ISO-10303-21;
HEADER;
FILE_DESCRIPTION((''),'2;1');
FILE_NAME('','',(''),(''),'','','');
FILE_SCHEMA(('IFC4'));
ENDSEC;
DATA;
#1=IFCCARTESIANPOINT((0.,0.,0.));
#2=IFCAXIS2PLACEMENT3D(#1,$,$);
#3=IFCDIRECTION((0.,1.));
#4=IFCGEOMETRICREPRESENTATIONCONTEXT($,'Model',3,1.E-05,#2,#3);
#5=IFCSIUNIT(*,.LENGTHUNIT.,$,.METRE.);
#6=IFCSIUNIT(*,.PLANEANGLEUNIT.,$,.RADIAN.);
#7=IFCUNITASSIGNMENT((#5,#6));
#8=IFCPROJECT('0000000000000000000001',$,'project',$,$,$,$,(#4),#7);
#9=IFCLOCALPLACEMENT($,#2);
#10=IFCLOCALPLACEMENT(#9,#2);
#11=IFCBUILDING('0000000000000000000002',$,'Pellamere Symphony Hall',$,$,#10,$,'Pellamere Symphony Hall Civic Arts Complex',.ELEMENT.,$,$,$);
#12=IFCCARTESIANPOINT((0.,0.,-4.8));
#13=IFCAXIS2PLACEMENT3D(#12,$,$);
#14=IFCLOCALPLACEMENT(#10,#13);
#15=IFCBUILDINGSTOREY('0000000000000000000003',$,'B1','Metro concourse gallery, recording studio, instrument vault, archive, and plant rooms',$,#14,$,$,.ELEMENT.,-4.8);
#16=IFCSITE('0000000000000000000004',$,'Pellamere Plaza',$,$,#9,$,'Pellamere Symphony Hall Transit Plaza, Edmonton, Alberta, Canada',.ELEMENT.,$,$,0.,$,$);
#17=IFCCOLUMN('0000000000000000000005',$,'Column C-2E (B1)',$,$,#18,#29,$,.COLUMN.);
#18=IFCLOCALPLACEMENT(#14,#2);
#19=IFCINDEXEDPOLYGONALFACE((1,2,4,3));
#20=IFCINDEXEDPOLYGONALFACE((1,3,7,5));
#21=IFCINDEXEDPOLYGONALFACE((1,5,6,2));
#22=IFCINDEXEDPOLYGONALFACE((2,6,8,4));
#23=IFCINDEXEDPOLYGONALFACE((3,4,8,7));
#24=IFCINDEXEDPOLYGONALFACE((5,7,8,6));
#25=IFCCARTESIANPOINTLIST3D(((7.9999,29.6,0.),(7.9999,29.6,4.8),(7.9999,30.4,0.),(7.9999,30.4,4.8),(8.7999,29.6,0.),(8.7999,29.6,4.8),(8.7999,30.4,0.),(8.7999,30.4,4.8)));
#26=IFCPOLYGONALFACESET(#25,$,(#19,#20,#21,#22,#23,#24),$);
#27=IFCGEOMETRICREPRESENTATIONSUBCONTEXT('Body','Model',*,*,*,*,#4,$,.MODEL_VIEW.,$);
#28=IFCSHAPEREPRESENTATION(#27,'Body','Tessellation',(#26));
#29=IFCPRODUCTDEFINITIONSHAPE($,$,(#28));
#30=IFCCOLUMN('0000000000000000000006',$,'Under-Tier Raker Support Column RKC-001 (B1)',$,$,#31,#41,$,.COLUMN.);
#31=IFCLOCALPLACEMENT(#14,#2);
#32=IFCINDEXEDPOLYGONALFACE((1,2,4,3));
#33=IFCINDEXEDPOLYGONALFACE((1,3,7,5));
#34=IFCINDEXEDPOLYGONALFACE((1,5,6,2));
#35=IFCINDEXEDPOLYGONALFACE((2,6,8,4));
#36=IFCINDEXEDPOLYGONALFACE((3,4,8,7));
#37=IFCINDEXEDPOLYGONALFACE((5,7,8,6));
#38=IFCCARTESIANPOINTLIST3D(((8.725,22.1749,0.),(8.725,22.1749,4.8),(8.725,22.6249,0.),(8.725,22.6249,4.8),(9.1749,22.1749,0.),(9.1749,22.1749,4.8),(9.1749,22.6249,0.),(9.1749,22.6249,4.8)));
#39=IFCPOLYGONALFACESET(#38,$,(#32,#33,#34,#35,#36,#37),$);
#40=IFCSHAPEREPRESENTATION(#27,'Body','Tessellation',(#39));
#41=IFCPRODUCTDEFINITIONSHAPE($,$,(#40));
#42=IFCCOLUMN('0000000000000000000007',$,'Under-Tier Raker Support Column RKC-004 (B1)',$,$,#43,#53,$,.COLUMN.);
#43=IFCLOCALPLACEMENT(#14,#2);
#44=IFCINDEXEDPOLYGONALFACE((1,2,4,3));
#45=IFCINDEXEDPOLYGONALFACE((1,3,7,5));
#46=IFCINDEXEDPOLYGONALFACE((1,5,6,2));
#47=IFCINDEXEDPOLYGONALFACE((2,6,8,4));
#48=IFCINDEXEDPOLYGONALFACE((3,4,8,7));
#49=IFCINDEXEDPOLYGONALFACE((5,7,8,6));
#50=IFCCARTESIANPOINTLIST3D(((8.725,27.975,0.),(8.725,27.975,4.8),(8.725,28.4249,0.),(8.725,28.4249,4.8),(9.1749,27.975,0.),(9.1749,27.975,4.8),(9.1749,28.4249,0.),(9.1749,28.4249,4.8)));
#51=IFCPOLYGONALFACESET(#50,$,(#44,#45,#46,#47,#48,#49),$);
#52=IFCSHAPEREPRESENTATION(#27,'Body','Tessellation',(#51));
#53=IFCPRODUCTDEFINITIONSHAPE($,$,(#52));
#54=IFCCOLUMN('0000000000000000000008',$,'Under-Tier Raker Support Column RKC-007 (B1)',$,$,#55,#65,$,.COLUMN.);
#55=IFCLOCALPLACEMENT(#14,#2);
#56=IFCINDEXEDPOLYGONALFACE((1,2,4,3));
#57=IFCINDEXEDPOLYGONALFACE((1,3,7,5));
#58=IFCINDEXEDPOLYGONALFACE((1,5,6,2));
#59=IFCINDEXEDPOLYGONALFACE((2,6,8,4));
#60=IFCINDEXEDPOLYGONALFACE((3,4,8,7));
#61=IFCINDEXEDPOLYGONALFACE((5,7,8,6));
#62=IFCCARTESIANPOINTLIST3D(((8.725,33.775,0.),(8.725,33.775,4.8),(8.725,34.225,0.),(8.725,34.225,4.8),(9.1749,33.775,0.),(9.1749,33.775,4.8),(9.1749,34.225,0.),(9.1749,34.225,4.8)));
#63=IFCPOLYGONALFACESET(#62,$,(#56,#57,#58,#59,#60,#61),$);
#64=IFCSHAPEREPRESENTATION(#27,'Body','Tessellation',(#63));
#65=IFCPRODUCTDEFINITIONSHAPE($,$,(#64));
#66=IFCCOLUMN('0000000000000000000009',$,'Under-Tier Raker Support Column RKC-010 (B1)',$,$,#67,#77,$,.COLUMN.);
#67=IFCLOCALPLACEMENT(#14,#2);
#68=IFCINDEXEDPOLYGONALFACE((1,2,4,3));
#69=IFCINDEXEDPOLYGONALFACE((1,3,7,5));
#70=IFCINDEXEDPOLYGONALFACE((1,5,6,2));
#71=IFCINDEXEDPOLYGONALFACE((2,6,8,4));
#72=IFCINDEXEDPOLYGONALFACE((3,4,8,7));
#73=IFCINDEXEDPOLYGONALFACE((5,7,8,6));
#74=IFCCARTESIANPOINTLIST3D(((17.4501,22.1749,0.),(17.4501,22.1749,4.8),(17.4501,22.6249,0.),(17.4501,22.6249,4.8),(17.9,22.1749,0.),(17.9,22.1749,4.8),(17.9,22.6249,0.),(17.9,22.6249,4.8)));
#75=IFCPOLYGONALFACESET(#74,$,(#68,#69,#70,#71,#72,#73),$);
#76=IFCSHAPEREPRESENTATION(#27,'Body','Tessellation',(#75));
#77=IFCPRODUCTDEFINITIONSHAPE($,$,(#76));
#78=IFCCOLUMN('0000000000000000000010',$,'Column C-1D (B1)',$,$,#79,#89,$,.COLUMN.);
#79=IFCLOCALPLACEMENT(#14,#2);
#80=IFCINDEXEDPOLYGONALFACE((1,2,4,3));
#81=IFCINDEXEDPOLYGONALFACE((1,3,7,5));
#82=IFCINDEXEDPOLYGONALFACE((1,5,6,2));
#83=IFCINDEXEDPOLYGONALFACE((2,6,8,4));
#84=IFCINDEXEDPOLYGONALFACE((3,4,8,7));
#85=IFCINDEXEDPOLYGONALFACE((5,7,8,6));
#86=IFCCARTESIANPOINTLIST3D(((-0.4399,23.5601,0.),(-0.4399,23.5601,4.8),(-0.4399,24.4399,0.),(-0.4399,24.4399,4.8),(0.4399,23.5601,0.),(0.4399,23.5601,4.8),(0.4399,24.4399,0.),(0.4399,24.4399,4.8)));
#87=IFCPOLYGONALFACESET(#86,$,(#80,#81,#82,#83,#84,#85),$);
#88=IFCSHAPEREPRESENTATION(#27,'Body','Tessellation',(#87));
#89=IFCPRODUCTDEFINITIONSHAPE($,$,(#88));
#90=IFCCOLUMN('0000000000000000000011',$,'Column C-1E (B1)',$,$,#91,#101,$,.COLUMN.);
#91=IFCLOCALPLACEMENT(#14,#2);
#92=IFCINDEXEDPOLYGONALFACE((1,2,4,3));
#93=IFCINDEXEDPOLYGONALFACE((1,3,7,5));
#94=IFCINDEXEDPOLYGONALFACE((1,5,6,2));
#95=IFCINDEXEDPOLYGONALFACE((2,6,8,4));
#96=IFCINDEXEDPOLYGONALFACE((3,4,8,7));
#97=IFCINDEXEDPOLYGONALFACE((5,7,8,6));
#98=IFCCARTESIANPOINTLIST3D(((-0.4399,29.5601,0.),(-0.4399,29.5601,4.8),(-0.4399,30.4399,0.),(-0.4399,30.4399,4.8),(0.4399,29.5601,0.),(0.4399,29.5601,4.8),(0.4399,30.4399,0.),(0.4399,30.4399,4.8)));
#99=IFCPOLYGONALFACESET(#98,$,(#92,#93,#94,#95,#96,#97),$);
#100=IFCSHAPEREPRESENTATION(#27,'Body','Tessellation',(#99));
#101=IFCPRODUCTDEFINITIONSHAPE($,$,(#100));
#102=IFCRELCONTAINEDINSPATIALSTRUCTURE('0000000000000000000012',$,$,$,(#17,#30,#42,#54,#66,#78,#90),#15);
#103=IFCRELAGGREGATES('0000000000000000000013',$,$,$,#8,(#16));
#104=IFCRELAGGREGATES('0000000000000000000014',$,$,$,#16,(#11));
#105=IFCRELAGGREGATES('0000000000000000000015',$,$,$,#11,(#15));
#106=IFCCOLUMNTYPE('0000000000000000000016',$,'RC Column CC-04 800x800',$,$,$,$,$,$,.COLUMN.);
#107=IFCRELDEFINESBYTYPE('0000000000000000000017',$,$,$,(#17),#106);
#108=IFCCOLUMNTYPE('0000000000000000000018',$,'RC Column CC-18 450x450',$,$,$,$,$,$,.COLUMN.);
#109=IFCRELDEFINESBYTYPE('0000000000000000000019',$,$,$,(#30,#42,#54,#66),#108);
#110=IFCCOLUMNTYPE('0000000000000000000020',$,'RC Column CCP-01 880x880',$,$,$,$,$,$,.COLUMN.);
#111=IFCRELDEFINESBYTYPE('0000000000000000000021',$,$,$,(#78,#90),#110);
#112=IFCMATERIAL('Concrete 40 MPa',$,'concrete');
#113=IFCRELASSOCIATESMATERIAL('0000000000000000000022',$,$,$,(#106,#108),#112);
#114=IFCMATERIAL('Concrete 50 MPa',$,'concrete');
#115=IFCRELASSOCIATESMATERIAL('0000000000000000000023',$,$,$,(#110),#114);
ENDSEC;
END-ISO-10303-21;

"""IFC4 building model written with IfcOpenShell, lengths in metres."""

from ifc_helpers import new_model, si_unit, direction, frame, origin, origin_2d, place, context, subcontext, project, spatial, rectangle, extrude, material, material_profile, profile_set, type_object, element, save


model = new_model("IFC4")

# Units and contexts
model_context = context("Model", 3, precision=1e-05, world=origin(), true_north=direction((0.0, 1.0)))
body_context = subcontext(model_context, "Body", "Model", "MODEL_VIEW")
ifc_project = project(units=[si_unit("LENGTHUNIT", "METRE"), si_unit("PLANEANGLEUNIT", "RADIAN")], contexts=[model_context])

# Site, building, storey
site_placement = place(None, origin())
site = spatial("IfcSite", under=ifc_project, at=site_placement, Name="Pellamere Plaza", LongName="Pellamere Symphony Hall Transit Plaza, Edmonton, Alberta, Canada", CompositionType="ELEMENT", RefElevation=0.0)
building_placement = place(site_placement, origin())
building = spatial("IfcBuilding", under=site, at=building_placement, Name="Pellamere Symphony Hall", LongName="Pellamere Symphony Hall Civic Arts Complex", CompositionType="ELEMENT")
storey_placement = place(building_placement, frame((0.0, 0.0, -4.8)))
storey = spatial("IfcBuildingStorey", under=building, at=storey_placement, Name="B1", Description="Metro concourse gallery, recording studio, instrument vault, archive, and plant rooms", CompositionType="ELEMENT", Elevation=-4.8)

# Shared definitions
ifc_material_1 = material(Name="Concrete 40 MPa", Category="concrete")

# Columns
ifc_material_profile_1 = material_profile(ifc_material_1, rectangle(XDim=0.8, YDim=0.8, at=origin_2d()), Name="RC 800x800")
ifc_profile_set_1 = profile_set([ifc_material_profile_1], Name="Concrete 40 MPa")
column_type_1 = type_object("IfcColumnType", Name="RC Column CC-04 800x800", PredefinedType="COLUMN", material=ifc_profile_set_1)
for number, where, z_axis, x_axis, name in (
    (1, (8.3999, 30.0, 0.0), (0.0, 0.0, 1.0), (1.0, 0.0, 0.0), "Column C-2E (B1)"),
):
    element("IfcColumn", number, at=place(storey_placement, frame(where, z_axis=z_axis, x_axis=x_axis)), inside=storey, type_object=column_type_1, Name=name, PredefinedType="COLUMN", context=body_context, shape_type="SweptSolid", body=[
        extrude(rectangle(XDim=0.8, YDim=0.8, at=origin_2d()), origin(), (0.0, 0.0, 1.0), 4.8),
    ])
ifc_material_profile_2 = material_profile(ifc_material_1, rectangle(XDim=0.45, YDim=0.45, at=origin_2d()), Name="RC 450x450")
ifc_profile_set_2 = profile_set([ifc_material_profile_2], Name="Concrete 40 MPa")
column_type_2 = type_object("IfcColumnType", Name="RC Column CC-18 450x450", PredefinedType="COLUMN", material=ifc_profile_set_2)
for number, where, z_axis, x_axis, name in (
    (2, (8.95, 22.3999, 0.0), (0.0, 0.0, 1.0), (1.0, 0.0, 0.0), "Under-Tier Raker Support Column RKC-001 (B1)"),
    (3, (8.95, 28.2, 0.0), (0.0, 0.0, 1.0), (1.0, 0.0, 0.0), "Under-Tier Raker Support Column RKC-004 (B1)"),
    (4, (8.95, 34.0, 0.0), (0.0, 0.0, 1.0), (1.0, 0.0, 0.0), "Under-Tier Raker Support Column RKC-007 (B1)"),
    (5, (17.675, 22.3999, 0.0), (0.0, 0.0, 1.0), (1.0, 0.0, 0.0), "Under-Tier Raker Support Column RKC-010 (B1)"),
):
    element("IfcColumn", number, at=place(storey_placement, frame(where, z_axis=z_axis, x_axis=x_axis)), inside=storey, type_object=column_type_2, Name=name, PredefinedType="COLUMN", context=body_context, shape_type="SweptSolid", body=[
        extrude(rectangle(XDim=0.45, YDim=0.45, at=origin_2d()), origin(), (0.0, 0.0, 1.0), 4.8),
    ])
ifc_material_2 = material(Name="Concrete 50 MPa", Category="concrete")
ifc_material_profile_3 = material_profile(ifc_material_2, rectangle(XDim=0.8799, YDim=0.8799, at=origin_2d()), Name="RC 880x880")
ifc_profile_set_3 = profile_set([ifc_material_profile_3], Name="Concrete 50 MPa")
column_type_3 = type_object("IfcColumnType", Name="RC Column CCP-01 880x880", PredefinedType="COLUMN", material=ifc_profile_set_3)
for number, where, z_axis, x_axis, name in (
    (6, (0.0, 24.0, 0.0), (0.0, 0.0, 1.0), (1.0, 0.0, 0.0), "Column C-1D (B1)"),
    (7, (0.0, 30.0, 0.0), (0.0, 0.0, 1.0), (1.0, 0.0, 0.0), "Column C-1E (B1)"),
):
    element("IfcColumn", number, at=place(storey_placement, frame(where, z_axis=z_axis, x_axis=x_axis)), inside=storey, type_object=column_type_3, Name=name, PredefinedType="COLUMN", context=body_context, shape_type="SweptSolid", body=[
        extrude(rectangle(XDim=0.8799, YDim=0.8799, at=origin_2d()), origin(), (0.0, 0.0, 1.0), 4.8),
    ])

save(model, "model.ifc")
